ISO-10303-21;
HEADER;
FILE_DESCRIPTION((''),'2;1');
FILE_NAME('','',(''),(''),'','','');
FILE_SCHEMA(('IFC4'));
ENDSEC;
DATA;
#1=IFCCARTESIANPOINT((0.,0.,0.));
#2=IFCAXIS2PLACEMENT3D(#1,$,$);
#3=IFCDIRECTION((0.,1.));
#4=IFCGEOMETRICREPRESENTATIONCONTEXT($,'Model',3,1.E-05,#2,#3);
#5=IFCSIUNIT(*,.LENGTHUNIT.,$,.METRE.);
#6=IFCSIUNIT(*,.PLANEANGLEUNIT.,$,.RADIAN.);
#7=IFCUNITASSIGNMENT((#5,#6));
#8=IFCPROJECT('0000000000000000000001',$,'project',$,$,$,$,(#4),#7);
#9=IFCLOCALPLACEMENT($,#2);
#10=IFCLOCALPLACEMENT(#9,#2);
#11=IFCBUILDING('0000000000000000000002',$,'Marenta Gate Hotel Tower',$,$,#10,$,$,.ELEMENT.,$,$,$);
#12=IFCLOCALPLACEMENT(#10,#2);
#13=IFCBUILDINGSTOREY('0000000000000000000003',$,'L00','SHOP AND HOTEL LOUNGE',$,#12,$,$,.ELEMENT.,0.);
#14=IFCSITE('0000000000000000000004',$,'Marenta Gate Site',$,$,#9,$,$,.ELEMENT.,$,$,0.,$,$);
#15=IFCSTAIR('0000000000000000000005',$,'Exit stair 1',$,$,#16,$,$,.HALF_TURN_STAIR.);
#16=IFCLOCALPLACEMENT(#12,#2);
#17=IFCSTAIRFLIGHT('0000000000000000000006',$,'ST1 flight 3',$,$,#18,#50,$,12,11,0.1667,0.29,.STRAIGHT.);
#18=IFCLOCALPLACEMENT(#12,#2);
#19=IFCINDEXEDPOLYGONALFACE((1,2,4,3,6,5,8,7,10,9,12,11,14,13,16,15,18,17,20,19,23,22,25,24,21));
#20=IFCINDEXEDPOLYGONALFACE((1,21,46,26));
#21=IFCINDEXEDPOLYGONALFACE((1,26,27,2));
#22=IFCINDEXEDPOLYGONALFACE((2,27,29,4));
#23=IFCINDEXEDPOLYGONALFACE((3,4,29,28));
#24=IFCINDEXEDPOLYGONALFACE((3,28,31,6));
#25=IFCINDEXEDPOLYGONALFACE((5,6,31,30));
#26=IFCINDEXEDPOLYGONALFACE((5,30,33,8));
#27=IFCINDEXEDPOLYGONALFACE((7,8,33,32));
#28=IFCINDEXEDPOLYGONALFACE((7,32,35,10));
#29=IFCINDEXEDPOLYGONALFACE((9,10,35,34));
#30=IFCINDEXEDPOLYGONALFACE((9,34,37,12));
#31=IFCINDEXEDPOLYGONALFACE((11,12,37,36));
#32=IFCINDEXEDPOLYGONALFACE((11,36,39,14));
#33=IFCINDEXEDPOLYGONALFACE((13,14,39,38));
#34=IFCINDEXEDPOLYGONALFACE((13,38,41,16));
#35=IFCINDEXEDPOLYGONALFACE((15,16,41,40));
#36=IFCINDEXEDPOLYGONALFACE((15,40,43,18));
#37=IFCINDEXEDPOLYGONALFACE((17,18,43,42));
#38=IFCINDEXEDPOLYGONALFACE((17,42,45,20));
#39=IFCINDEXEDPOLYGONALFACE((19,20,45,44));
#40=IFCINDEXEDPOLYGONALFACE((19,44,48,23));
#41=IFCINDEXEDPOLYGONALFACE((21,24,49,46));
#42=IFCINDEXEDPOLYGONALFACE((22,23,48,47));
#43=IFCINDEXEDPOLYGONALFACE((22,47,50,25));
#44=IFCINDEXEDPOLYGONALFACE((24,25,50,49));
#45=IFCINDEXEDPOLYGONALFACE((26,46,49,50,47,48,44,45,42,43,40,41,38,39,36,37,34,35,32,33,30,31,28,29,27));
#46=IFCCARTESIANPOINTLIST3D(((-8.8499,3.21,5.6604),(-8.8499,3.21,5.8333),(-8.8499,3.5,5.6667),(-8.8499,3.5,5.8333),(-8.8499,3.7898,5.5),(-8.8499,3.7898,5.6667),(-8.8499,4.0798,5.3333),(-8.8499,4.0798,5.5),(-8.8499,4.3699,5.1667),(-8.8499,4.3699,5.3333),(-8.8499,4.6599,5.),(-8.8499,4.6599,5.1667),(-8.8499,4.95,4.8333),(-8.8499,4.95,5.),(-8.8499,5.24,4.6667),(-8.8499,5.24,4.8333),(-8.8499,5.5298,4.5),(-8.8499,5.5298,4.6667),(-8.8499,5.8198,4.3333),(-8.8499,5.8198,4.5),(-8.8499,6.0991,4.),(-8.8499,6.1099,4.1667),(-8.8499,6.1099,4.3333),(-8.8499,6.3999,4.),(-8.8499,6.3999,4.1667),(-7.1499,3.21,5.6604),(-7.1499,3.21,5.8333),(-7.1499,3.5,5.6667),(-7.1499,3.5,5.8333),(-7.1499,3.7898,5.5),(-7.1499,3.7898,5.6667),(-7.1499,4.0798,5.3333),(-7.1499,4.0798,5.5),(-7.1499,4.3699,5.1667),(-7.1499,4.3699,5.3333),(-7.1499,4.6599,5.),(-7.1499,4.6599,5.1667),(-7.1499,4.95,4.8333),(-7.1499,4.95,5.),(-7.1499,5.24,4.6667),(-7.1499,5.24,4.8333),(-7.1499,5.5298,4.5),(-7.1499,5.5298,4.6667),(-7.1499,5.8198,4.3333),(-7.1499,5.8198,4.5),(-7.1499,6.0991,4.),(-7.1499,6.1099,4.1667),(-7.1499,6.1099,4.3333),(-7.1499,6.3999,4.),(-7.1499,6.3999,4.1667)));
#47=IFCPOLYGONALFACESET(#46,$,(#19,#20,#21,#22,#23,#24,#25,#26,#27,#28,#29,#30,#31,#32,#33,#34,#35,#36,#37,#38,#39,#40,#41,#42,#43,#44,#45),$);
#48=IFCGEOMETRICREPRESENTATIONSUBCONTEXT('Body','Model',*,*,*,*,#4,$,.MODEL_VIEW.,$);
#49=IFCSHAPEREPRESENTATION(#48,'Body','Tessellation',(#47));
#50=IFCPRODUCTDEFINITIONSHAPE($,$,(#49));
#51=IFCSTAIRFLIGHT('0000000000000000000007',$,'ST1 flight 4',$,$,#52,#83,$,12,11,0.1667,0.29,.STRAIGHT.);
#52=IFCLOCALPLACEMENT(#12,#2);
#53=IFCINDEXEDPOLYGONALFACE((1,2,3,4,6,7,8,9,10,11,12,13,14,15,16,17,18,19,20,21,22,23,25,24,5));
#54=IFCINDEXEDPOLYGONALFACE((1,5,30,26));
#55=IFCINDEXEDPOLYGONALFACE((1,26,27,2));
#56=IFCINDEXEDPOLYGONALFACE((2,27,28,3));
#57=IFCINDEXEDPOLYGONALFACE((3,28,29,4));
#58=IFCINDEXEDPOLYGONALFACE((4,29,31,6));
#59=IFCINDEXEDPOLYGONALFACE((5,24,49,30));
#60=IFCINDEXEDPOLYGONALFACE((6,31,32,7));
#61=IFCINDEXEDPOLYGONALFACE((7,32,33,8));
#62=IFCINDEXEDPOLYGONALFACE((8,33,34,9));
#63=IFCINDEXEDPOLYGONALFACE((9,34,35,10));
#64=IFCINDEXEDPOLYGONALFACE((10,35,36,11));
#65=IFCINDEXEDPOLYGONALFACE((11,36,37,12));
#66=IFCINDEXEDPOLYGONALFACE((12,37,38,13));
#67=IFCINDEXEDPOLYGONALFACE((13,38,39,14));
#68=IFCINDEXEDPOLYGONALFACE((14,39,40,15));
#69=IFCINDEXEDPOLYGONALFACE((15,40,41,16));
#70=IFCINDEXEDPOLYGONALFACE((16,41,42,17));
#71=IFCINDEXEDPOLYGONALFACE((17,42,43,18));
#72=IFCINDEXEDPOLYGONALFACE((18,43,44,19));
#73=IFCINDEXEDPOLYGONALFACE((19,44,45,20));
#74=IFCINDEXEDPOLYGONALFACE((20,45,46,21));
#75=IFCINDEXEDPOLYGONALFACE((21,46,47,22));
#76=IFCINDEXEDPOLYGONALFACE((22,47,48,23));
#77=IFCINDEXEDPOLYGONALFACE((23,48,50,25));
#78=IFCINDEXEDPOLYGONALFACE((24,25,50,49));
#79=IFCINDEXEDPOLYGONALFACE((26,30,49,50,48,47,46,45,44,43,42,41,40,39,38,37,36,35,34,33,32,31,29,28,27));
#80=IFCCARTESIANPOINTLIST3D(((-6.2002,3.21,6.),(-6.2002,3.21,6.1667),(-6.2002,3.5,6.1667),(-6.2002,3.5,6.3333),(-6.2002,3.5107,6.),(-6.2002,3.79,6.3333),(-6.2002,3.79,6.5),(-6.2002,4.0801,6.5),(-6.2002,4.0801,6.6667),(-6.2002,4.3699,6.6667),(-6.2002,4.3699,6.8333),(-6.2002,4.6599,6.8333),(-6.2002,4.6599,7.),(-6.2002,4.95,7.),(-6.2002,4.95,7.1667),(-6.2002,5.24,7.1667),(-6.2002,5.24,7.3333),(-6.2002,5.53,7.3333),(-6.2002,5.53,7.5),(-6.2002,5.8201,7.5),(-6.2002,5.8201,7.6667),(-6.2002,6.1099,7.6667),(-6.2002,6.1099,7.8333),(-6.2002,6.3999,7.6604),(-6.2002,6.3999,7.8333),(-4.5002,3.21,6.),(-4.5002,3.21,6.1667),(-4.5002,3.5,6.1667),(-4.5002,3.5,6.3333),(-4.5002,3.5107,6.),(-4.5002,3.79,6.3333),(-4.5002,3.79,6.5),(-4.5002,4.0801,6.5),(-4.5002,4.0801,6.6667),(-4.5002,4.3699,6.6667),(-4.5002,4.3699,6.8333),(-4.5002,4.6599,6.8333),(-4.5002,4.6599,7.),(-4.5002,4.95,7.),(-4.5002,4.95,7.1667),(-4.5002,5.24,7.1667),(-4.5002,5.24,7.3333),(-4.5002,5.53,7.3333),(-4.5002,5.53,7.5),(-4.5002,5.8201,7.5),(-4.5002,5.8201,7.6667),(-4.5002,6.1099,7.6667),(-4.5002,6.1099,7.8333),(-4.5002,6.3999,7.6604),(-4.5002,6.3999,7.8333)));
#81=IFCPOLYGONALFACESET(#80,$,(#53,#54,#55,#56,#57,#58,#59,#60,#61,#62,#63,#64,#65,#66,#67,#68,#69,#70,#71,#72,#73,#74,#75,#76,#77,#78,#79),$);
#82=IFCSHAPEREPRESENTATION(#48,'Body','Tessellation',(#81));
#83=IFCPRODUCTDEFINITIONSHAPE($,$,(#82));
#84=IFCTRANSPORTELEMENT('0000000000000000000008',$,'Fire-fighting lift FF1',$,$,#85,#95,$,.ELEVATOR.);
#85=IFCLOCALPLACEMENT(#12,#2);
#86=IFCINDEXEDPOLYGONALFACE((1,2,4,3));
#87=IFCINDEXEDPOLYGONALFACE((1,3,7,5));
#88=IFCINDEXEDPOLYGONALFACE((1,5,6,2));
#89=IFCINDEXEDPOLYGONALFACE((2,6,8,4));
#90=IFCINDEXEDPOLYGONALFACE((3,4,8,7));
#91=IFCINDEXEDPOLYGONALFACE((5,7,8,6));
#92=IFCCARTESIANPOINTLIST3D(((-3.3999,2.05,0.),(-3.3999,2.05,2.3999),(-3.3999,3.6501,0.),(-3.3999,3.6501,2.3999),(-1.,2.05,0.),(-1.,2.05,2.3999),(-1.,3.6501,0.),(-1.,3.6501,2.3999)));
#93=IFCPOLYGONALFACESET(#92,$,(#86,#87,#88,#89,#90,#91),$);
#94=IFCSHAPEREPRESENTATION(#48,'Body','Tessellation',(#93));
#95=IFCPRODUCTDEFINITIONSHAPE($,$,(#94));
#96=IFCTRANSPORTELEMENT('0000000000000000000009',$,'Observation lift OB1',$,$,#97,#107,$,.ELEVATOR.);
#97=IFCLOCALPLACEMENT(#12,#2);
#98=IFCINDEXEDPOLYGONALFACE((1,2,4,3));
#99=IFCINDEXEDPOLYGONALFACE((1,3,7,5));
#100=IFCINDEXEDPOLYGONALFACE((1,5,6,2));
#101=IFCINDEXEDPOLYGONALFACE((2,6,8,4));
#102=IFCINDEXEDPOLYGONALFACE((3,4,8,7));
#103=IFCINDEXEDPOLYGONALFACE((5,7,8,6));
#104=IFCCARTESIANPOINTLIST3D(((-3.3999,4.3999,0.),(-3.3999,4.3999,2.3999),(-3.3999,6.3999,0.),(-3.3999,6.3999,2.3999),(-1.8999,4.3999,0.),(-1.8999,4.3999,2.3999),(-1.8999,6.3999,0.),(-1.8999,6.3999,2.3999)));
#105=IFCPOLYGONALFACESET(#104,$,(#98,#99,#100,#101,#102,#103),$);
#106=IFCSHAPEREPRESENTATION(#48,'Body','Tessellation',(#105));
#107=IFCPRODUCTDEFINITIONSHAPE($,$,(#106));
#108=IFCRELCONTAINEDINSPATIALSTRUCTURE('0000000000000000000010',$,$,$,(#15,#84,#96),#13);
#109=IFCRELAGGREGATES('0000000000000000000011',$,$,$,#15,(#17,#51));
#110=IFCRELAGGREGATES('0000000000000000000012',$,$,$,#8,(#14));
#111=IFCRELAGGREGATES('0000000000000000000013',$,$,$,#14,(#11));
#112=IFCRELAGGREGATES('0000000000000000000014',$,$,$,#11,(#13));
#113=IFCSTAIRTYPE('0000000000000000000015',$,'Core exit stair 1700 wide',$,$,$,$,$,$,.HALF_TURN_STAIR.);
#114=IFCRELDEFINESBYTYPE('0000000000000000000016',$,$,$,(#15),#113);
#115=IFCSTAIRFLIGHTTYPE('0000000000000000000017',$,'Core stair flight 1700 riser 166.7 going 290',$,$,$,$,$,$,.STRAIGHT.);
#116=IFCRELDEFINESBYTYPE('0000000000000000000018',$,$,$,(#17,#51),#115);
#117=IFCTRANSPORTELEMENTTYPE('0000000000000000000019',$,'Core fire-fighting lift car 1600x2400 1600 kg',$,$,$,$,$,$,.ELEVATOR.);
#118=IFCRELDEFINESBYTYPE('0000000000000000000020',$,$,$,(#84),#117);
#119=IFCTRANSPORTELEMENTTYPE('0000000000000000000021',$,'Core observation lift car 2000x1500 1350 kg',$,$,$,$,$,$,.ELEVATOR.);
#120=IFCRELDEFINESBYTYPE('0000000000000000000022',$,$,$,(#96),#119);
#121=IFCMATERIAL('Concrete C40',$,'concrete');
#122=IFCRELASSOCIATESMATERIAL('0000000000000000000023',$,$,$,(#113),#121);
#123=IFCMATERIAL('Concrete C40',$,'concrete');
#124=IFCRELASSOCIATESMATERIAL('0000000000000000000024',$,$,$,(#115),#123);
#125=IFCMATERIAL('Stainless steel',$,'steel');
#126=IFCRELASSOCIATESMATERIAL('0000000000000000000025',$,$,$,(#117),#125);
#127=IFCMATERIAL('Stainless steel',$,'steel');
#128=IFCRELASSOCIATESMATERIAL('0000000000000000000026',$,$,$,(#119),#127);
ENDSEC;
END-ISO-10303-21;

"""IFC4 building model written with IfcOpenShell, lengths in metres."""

from ifc_helpers import new_model, si_unit, direction, frame, origin, origin_2d, place, context, subcontext, project, spatial, polyline, rectangle, outline, extrude, material, type_object, element, aggregate, save


model = new_model("IFC4")

# Units and contexts
model_context = context("Model", 3, precision=1e-05, world=origin(), true_north=direction((0.0, 1.0)))
body_context = subcontext(model_context, "Body", "Model", "MODEL_VIEW")
ifc_project = project(units=[si_unit("LENGTHUNIT", "METRE"), si_unit("PLANEANGLEUNIT", "RADIAN")], contexts=[model_context])

# Site, building, storey
site_placement = place(None, origin())
site = spatial("IfcSite", under=ifc_project, at=site_placement, Name="Marenta Gate Site", CompositionType="ELEMENT", RefElevation=0.0)
building_placement = place(site_placement, origin())
building = spatial("IfcBuilding", under=site, at=building_placement, Name="Marenta Gate Hotel Tower", CompositionType="ELEMENT")
storey_placement = place(building_placement, origin())
storey = spatial("IfcBuildingStorey", under=building, at=storey_placement, Name="L00", Description="SHOP AND HOTEL LOUNGE", CompositionType="ELEMENT", Elevation=0.0)

# Stair, stair flights
ifc_material_1 = material(Name="Concrete C40", Category="concrete")
stair_type = type_object("IfcStairType", Name="Core exit stair 1700 wide", PredefinedType="HALF_TURN_STAIR", material=ifc_material_1)
stair_placement = place(storey_placement, origin())
stair = element("IfcStair", 1, at=stair_placement, inside=storey, type_object=stair_type, Name="Exit stair 1", PredefinedType="HALF_TURN_STAIR")
ifc_material_2 = material(Name="Concrete C40", Category="concrete")
stair_flight_type = type_object("IfcStairFlightType", Name="Core stair flight 1700 riser 166.7 going 290", PredefinedType="STRAIGHT", material=ifc_material_2)
stair_flight_1_placement = place(storey_placement, frame((-8.0, 6.3999, 4.0), z_axis=(0.0, 0.0, 1.0), x_axis=(0.0, -1.0, 0.0)))
stair_flight_1 = element("IfcStairFlight", 2, at=stair_flight_1_placement, type_object=stair_flight_type, Name="ST1 flight 3", NumberOfRisers=12, NumberOfTreads=11, PredefinedType="STRAIGHT", RiserHeight=0.1667, TreadLength=0.29, context=body_context, shape_type="SweptSolid", body=[
    extrude(outline(polyline([(0.0, 0.0), (0.0, 0.1667), (0.29, 0.1667), (0.29, 0.3333), (0.5801, 0.3333), (0.5801, 0.5), (0.8701, 0.5), (0.8701, 0.6667), (1.1599, 0.6667), (1.1599, 0.8333), (1.45, 0.8333), (1.45, 1.0), (1.74, 1.0), (1.74, 1.1667), (2.03, 1.1667), (2.03, 1.3333), (2.3201, 1.3333), (2.3201, 1.5), (2.6101, 1.5), (2.6101, 1.6667), (2.8999, 1.6667), (2.8999, 1.8333), (3.1899, 1.8333), (3.1899, 2.0), (3.1899, 1.6604), (0.3008, 0.0), (0.0, 0.0)])), frame((0.0, 0.8501, 0.0), z_axis=(0.0, -1.0, 0.0), x_axis=(1.0, 0.0, 0.0)), (0.0, 0.0, 1.0), 1.7),
])
stair_flight_2_placement = place(storey_placement, frame((-5.3501, 3.21, 6.0), z_axis=(0.0, 0.0, 1.0), x_axis=(0.0, 1.0, 0.0)))
stair_flight_2 = element("IfcStairFlight", 3, at=stair_flight_2_placement, type_object=stair_flight_type, Name="ST1 flight 4", NumberOfRisers=12, NumberOfTreads=11, PredefinedType="STRAIGHT", RiserHeight=0.1667, TreadLength=0.29, context=body_context, shape_type="SweptSolid", body=[
    extrude(outline(polyline([(0.0, 0.0), (0.0, 0.1667), (0.29, 0.1667), (0.29, 0.3333), (0.5801, 0.3333), (0.5801, 0.5), (0.8701, 0.5), (0.8701, 0.6667), (1.1599, 0.6667), (1.1599, 0.8333), (1.45, 0.8333), (1.45, 1.0), (1.74, 1.0), (1.74, 1.1667), (2.03, 1.1667), (2.03, 1.3333), (2.3201, 1.3333), (2.3201, 1.5), (2.6101, 1.5), (2.6101, 1.6667), (2.8999, 1.6667), (2.8999, 1.8333), (3.1899, 1.8333), (3.1899, 2.0), (3.1899, 1.6604), (0.3008, 0.0), (0.0, 0.0)])), frame((0.0, 0.8501, 0.0), z_axis=(0.0, -1.0, 0.0), x_axis=(1.0, 0.0, 0.0)), (0.0, 0.0, 1.0), 1.7),
])
aggregate(stair, [stair_flight_1, stair_flight_2])

# Transport elements
ifc_material_3 = material(Name="Stainless steel", Category="steel")
transport_element_type_1 = type_object("IfcTransportElementType", Name="Core fire-fighting lift car 1600x2400 1600 kg", PredefinedType="ELEVATOR", material=ifc_material_3)
transport_element_1_placement = place(storey_placement, frame((-2.2, 2.8501, 0.0), z_axis=(0.0, 0.0, 1.0), x_axis=(1.0, 0.0, 0.0)))
element("IfcTransportElement", 4, at=transport_element_1_placement, inside=storey, type_object=transport_element_type_1, Name="Fire-fighting lift FF1", PredefinedType="ELEVATOR", context=body_context, shape_type="SweptSolid", body=[
    extrude(rectangle(XDim=2.3999, YDim=1.6001, at=origin_2d()), origin(), (0.0, 0.0, 1.0), 2.3999),
])
ifc_material_4 = material(Name="Stainless steel", Category="steel")
transport_element_type_2 = type_object("IfcTransportElementType", Name="Core observation lift car 2000x1500 1350 kg", PredefinedType="ELEVATOR", material=ifc_material_4)
transport_element_2_placement = place(storey_placement, frame((-2.6499, 5.3999, 0.0), z_axis=(0.0, 0.0, 1.0), x_axis=(1.0, 0.0, 0.0)))
element("IfcTransportElement", 5, at=transport_element_2_placement, inside=storey, type_object=transport_element_type_2, Name="Observation lift OB1", PredefinedType="ELEVATOR", context=body_context, shape_type="SweptSolid", body=[
    extrude(rectangle(XDim=1.5, YDim=2.0, at=origin_2d()), origin(), (0.0, 0.0, 1.0), 2.3999),
])

save(model, "model.ifc")
